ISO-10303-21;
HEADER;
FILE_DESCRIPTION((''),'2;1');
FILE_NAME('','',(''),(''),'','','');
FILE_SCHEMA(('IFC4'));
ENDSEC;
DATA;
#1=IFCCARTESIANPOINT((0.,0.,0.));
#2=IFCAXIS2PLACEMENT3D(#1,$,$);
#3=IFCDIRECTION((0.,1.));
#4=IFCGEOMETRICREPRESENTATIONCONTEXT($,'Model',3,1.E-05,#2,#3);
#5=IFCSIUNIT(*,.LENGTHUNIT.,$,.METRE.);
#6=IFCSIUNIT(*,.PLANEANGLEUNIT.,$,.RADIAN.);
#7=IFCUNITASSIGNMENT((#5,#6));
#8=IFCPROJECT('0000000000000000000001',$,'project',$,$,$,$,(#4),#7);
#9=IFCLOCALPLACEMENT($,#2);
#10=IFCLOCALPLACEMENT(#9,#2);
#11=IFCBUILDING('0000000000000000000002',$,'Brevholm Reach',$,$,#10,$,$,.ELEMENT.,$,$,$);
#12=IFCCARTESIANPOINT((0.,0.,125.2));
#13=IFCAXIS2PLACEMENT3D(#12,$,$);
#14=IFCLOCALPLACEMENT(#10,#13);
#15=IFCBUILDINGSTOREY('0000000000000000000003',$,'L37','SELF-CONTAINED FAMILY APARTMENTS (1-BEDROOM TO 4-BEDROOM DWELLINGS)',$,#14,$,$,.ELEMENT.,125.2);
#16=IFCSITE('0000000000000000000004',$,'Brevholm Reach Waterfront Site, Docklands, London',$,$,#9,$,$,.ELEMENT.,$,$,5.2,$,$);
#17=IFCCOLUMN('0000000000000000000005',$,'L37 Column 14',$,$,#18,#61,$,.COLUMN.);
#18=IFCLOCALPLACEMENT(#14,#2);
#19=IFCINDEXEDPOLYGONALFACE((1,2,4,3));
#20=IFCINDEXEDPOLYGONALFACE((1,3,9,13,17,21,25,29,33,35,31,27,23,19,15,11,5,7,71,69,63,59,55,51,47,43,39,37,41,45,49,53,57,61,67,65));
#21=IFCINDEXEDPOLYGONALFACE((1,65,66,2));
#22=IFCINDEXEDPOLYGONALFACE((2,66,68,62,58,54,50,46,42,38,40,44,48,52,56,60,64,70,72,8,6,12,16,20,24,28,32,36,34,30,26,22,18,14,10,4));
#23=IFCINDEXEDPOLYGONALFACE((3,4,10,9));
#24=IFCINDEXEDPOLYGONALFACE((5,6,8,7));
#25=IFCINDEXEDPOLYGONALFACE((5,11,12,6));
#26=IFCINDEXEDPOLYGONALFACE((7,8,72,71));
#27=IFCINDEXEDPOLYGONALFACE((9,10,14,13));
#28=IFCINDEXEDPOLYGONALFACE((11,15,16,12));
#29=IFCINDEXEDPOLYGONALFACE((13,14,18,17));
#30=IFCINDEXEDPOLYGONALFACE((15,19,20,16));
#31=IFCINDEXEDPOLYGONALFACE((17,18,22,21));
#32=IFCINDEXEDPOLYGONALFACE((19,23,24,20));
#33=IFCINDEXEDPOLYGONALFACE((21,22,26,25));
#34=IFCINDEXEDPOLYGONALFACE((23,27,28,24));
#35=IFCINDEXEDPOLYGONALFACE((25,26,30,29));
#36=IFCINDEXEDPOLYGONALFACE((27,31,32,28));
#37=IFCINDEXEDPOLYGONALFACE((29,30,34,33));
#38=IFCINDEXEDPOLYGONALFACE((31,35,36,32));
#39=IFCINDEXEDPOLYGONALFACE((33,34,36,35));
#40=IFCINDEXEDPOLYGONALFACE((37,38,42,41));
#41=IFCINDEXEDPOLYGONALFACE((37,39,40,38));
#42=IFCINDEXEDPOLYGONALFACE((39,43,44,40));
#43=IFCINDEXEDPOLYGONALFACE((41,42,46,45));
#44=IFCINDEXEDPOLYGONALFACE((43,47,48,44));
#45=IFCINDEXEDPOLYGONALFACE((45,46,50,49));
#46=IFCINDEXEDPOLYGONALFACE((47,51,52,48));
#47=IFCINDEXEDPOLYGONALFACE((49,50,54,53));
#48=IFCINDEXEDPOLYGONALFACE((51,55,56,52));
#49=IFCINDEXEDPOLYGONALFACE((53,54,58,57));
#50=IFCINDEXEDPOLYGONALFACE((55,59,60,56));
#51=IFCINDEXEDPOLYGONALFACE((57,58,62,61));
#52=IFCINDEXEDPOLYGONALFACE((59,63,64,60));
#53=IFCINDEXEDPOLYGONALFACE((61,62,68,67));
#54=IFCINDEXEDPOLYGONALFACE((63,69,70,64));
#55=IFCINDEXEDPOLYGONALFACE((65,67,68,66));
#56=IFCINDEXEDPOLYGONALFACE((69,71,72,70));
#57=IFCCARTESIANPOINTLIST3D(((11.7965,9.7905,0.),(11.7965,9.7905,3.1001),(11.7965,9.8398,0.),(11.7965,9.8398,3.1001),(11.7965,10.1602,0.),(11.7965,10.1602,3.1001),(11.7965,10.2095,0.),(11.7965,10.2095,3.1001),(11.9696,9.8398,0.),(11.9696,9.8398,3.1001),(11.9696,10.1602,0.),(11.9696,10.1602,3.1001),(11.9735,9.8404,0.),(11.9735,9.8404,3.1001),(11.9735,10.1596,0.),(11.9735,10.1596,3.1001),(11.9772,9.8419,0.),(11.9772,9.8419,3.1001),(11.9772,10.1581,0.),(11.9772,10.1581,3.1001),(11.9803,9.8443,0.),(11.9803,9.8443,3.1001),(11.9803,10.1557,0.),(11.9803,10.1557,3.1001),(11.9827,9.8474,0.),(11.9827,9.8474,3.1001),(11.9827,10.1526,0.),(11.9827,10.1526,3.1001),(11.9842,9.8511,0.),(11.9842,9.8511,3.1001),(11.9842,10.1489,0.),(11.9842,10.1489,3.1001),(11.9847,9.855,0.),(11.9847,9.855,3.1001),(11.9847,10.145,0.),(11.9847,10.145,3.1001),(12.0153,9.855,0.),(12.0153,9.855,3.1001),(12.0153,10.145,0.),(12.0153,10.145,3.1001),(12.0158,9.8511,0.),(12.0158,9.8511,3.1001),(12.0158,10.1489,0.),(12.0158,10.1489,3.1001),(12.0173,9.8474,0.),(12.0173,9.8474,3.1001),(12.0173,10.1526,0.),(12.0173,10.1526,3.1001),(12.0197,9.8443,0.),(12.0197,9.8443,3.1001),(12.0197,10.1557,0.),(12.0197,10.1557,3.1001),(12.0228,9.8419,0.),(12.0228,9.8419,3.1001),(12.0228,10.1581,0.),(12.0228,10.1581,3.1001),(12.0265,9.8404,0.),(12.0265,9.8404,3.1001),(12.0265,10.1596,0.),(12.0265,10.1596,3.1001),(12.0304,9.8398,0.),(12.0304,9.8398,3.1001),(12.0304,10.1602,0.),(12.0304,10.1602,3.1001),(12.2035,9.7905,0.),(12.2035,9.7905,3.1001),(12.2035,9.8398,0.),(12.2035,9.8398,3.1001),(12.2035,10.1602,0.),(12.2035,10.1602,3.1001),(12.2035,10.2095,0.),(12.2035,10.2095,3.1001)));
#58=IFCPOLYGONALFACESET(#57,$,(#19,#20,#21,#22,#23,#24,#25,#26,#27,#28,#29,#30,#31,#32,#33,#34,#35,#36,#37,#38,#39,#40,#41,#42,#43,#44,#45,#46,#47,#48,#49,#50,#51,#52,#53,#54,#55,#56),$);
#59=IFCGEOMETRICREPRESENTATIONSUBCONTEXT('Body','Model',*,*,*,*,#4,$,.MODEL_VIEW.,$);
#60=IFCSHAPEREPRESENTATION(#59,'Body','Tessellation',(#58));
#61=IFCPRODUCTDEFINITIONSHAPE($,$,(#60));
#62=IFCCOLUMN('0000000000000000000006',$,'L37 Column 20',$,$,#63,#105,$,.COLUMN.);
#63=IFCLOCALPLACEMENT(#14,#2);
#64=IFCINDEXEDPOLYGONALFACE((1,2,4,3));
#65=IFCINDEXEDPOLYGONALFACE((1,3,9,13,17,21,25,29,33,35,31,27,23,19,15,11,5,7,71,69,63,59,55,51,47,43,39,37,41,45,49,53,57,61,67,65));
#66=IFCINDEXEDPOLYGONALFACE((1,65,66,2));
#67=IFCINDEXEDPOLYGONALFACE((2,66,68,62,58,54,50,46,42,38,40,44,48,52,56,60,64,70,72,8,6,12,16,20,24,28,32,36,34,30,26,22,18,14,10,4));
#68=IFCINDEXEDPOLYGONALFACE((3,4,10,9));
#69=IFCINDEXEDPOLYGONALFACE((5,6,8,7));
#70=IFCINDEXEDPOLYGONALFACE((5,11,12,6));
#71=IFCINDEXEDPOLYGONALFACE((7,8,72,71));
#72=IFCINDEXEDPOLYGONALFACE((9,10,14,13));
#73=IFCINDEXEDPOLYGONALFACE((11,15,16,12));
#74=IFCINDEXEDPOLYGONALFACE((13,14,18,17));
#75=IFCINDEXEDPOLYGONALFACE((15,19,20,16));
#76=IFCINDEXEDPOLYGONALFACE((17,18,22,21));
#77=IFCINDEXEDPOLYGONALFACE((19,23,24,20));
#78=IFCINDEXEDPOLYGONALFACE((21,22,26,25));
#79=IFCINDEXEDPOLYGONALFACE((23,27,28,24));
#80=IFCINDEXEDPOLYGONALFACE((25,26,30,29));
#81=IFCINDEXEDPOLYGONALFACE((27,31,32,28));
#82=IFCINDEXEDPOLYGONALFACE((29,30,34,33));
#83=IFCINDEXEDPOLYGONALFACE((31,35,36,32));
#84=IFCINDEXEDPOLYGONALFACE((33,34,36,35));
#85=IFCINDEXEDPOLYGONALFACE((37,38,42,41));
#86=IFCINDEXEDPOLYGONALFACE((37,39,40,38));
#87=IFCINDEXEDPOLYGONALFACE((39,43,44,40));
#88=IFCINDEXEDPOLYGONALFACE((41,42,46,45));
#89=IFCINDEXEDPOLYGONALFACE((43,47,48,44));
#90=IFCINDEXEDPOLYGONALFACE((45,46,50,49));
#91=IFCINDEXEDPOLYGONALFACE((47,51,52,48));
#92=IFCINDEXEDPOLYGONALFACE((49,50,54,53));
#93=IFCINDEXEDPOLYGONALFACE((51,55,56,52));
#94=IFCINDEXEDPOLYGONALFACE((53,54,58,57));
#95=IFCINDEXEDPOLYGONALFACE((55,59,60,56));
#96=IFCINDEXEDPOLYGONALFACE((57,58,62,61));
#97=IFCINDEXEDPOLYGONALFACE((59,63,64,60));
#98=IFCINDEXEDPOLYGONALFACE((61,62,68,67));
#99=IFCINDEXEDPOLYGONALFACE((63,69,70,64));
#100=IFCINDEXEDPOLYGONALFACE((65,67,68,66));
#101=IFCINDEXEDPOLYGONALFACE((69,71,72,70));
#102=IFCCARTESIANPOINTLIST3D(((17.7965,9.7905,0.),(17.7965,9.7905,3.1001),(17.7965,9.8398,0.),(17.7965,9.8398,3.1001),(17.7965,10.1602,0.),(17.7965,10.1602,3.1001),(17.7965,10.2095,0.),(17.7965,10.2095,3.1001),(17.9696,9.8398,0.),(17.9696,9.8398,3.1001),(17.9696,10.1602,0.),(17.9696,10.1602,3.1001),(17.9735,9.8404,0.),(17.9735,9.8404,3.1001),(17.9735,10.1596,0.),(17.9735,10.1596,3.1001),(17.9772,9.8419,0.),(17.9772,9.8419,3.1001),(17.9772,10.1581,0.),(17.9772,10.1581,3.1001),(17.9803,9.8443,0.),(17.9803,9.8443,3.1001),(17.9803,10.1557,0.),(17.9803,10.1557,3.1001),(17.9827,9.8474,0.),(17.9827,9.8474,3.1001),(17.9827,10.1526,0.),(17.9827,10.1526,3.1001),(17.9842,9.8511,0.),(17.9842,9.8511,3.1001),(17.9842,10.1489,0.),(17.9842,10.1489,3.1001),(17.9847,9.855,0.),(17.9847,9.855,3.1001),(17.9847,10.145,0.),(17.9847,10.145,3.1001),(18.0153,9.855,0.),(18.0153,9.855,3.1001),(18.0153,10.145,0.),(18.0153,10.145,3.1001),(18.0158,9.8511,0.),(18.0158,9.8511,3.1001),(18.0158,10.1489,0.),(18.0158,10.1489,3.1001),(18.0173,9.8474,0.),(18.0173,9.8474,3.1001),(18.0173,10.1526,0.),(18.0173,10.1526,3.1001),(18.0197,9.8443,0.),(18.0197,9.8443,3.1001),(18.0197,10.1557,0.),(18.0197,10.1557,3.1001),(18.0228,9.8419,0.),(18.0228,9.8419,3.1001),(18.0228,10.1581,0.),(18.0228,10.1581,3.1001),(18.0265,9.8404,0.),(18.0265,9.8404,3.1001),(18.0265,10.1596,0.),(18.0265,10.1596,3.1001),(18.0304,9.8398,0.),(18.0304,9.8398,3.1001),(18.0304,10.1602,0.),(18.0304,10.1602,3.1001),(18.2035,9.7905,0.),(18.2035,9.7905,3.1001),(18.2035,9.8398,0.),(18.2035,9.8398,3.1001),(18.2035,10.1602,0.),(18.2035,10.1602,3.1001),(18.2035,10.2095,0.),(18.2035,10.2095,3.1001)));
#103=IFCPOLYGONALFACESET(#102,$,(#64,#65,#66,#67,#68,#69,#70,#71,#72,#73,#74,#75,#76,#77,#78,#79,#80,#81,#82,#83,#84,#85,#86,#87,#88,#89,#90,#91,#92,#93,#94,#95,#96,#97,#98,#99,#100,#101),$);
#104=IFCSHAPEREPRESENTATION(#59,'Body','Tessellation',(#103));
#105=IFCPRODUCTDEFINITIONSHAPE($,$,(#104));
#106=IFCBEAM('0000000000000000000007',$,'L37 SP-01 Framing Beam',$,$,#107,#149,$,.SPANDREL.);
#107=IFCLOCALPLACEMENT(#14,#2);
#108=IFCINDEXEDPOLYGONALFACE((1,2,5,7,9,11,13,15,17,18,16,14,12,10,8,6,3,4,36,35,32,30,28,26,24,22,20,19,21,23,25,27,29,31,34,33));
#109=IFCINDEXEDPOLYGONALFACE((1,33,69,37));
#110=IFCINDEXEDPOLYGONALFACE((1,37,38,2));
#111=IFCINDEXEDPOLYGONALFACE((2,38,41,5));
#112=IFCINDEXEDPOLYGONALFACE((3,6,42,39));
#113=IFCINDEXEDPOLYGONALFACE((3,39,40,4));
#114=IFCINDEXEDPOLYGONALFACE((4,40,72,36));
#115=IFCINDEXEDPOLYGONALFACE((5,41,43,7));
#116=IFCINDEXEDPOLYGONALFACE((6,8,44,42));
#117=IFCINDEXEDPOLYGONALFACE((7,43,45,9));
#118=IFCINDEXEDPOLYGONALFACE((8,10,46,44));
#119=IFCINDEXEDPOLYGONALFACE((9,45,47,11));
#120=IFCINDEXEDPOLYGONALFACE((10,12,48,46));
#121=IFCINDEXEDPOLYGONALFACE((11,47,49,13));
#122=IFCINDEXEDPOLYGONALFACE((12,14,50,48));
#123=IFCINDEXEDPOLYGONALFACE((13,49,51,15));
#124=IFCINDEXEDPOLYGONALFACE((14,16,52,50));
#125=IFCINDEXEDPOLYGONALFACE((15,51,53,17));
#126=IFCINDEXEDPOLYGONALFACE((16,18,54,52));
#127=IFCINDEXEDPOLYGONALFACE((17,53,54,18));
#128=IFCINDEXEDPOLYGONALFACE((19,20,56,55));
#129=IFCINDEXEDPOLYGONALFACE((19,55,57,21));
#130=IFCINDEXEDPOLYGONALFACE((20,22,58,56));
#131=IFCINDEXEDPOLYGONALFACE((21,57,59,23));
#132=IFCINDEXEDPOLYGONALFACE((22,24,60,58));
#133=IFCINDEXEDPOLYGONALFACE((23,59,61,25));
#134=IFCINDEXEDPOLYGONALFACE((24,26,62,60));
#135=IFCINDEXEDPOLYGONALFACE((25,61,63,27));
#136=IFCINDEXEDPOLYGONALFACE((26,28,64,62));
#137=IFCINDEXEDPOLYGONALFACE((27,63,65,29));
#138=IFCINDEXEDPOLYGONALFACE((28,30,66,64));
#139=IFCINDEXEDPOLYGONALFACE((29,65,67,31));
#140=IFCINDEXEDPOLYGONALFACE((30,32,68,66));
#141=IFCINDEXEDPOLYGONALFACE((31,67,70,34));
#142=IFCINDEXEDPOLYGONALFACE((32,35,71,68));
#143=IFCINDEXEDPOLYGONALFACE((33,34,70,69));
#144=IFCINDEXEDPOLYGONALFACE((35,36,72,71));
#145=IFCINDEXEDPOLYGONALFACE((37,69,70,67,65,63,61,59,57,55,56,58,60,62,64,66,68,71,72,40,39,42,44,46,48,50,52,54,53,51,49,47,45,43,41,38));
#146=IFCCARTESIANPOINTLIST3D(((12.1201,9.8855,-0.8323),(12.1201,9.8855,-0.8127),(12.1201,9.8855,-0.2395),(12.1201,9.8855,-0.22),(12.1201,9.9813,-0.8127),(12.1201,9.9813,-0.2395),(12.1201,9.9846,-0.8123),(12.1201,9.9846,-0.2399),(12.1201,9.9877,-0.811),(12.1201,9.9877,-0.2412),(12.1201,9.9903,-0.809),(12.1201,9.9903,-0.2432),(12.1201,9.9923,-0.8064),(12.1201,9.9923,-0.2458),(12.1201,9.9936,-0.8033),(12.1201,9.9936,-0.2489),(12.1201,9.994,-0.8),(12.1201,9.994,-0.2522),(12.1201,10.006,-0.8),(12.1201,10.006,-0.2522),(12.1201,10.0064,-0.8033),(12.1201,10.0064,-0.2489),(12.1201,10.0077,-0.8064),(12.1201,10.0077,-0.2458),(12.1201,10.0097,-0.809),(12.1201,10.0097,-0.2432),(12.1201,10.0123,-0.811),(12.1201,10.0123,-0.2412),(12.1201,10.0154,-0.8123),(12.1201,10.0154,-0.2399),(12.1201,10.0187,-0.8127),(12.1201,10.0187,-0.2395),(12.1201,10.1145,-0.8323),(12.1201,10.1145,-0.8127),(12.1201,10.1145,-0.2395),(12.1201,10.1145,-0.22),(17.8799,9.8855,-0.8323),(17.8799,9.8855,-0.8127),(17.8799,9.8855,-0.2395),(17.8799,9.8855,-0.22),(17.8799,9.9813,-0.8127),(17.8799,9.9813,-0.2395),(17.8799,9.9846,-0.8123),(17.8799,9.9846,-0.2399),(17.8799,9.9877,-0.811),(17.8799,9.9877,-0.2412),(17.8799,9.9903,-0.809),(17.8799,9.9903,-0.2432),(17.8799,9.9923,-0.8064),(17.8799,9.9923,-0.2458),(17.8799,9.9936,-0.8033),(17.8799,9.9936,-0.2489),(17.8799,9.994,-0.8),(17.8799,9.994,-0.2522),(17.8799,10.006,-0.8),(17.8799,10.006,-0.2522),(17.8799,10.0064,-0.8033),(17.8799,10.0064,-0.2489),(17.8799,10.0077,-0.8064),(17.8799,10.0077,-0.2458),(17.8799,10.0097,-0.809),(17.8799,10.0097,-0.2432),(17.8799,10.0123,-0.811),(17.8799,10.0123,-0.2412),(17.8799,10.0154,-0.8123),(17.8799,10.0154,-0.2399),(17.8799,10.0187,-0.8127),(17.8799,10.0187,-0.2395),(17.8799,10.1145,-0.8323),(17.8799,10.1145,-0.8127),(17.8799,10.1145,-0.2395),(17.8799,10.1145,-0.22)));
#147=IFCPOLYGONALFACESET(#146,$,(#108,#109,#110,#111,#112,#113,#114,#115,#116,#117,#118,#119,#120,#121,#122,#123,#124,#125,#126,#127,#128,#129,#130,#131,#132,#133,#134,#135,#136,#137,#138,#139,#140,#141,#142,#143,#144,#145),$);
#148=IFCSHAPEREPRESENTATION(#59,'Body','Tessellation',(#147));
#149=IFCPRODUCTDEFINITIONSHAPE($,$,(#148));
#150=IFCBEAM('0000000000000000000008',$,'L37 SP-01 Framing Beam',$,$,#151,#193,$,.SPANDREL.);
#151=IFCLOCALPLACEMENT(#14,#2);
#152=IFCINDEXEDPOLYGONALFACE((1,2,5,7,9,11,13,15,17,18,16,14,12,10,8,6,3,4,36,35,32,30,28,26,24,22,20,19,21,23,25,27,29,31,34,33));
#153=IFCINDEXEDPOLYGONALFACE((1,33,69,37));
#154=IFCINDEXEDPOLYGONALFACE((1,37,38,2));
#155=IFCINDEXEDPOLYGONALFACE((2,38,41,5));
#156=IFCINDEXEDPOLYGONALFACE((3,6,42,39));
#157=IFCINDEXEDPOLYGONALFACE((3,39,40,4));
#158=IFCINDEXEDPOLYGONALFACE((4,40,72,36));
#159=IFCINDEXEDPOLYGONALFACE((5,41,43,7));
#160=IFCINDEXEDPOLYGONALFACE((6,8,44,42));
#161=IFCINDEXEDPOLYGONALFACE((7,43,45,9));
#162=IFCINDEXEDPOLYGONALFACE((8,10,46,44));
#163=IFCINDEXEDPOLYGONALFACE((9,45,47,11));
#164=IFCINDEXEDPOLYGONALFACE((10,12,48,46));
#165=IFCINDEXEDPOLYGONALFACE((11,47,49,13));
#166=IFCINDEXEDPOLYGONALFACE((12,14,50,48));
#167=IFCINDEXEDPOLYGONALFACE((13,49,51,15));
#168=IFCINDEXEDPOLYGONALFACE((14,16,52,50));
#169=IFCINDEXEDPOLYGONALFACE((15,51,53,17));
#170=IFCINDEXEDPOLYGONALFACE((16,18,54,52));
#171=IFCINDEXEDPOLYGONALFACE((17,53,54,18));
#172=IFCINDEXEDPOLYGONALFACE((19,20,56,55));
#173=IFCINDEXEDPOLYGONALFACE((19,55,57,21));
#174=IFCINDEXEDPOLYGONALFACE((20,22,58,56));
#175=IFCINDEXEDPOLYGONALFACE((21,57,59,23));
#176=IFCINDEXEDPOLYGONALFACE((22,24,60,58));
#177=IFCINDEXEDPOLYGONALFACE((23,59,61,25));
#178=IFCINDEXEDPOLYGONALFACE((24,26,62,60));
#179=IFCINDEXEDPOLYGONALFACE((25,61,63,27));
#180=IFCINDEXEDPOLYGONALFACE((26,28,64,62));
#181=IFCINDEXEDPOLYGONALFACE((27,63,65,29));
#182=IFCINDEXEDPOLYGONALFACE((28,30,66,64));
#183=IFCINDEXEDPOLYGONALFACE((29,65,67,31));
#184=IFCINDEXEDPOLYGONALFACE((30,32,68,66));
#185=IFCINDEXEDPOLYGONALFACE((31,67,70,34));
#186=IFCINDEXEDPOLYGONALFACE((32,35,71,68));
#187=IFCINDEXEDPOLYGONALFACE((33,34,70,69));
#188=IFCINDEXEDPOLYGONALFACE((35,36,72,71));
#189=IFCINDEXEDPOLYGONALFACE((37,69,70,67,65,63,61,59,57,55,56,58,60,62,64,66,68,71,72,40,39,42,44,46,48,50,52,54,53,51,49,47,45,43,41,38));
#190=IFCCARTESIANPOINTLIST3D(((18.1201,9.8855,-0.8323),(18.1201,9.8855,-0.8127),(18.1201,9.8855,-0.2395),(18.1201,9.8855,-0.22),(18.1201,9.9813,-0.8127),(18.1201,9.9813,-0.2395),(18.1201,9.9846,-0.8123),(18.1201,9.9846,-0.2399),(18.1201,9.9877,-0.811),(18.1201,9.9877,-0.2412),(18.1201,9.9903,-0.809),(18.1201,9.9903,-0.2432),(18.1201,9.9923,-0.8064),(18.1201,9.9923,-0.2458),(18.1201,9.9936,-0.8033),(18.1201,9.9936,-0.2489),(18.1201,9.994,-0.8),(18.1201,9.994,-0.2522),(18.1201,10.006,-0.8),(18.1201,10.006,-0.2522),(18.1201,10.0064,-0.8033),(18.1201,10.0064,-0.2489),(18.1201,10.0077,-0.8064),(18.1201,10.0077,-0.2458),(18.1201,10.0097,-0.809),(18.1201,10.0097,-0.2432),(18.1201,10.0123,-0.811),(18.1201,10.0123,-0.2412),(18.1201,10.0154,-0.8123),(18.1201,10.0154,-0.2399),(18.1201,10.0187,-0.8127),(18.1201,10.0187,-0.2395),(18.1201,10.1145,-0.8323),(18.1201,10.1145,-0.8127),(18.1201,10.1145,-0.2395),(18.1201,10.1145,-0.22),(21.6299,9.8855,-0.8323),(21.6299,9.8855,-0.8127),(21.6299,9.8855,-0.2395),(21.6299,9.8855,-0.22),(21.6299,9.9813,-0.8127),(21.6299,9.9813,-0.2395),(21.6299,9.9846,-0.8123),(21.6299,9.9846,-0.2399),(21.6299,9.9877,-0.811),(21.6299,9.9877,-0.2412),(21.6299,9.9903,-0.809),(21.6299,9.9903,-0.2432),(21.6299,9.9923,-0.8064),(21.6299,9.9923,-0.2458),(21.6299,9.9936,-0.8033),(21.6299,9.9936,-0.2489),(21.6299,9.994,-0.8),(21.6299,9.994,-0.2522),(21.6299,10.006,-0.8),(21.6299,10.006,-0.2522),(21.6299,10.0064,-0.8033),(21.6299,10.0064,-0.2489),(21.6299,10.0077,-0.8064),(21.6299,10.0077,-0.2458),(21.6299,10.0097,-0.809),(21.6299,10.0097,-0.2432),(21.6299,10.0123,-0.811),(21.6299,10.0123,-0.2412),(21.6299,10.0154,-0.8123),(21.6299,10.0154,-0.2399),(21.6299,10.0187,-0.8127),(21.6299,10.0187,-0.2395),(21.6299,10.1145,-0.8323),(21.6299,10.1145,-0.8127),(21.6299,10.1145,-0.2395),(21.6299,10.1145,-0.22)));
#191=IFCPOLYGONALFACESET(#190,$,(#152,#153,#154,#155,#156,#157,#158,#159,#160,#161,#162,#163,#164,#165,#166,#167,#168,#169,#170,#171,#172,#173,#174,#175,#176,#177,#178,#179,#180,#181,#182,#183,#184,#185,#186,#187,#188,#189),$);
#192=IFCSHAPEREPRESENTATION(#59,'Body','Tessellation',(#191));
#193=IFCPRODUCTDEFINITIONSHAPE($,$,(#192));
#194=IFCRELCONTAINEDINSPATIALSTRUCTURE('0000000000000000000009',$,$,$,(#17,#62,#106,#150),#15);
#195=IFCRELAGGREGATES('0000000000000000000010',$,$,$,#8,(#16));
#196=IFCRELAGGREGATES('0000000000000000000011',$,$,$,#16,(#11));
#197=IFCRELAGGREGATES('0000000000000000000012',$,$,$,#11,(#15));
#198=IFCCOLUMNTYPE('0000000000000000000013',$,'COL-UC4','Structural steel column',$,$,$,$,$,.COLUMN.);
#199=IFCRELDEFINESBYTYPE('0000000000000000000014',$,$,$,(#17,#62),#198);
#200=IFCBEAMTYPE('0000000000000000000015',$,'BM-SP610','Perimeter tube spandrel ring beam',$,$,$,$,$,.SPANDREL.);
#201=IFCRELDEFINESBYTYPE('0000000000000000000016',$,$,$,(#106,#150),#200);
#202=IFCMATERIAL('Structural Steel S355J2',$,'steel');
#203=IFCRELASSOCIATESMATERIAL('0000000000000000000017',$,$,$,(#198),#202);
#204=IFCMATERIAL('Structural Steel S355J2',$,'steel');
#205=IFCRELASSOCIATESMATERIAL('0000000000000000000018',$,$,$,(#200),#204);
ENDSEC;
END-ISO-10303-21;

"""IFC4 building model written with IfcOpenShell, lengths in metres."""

from ifc_helpers import new_model, si_unit, direction, frame, origin, origin_2d, place, context, subcontext, project, spatial, i_section, extrude, material, material_profile, profile_set, type_object, element, save


model = new_model("IFC4")

# Units and contexts
model_context = context("Model", 3, precision=1e-05, world=origin(), true_north=direction((0.0, 1.0)))
body_context = subcontext(model_context, "Body", "Model", "MODEL_VIEW")
ifc_project = project(units=[si_unit("LENGTHUNIT", "METRE"), si_unit("PLANEANGLEUNIT", "RADIAN")], contexts=[model_context])

# Site, building, storey
site_placement = place(None, origin())
site = spatial("IfcSite", under=ifc_project, at=site_placement, Name="Brevholm Reach Waterfront Site, Docklands, London", CompositionType="ELEMENT", RefElevation=5.2)
building_placement = place(site_placement, origin())
building = spatial("IfcBuilding", under=site, at=building_placement, Name="Brevholm Reach", CompositionType="ELEMENT")
storey_placement = place(building_placement, frame((0.0, 0.0, 125.2)))
storey = spatial("IfcBuildingStorey", under=building, at=storey_placement, Name="L37", Description="SELF-CONTAINED FAMILY APARTMENTS (1-BEDROOM TO 4-BEDROOM DWELLINGS)", CompositionType="ELEMENT", Elevation=125.2)

# Columns
ifc_material_1 = material(Name="Structural Steel S355J2", Category="steel")
ifc_material_profile_1 = material_profile(ifc_material_1, i_section(OverallWidth=0.407, OverallDepth=0.4189, WebThickness=0.0305, FlangeThickness=0.0493, FilletRadius=0.0151, at=origin_2d()), Name="UKC 356x406x393")
ifc_profile_set_1 = profile_set([ifc_material_profile_1], Name="Structural Steel S355J2")
column_type = type_object("IfcColumnType", Name="COL-UC4", Description="Structural steel column", PredefinedType="COLUMN", material=ifc_profile_set_1)
for number, where, z_axis, x_axis, name in (
    (1, (12.0, 10.0, 0.0), (0.0, 0.0, 1.0), (1.0, 0.0, 0.0), "L37 Column 14"),
    (2, (18.0, 10.0, 0.0), (0.0, 0.0, 1.0), (1.0, 0.0, 0.0), "L37 Column 20"),
):
    element("IfcColumn", number, at=place(storey_placement, frame(where, z_axis=z_axis, x_axis=x_axis)), inside=storey, type_object=column_type, Name=name, PredefinedType="COLUMN", context=body_context, shape_type="SweptSolid", body=[
        extrude(i_section(OverallWidth=0.407, OverallDepth=0.4189, WebThickness=0.0305, FlangeThickness=0.0493, FilletRadius=0.0151, at=origin_2d()), origin(), (0.0, 0.0, 1.0), 3.1001),
    ])

# Beams
ifc_material_2 = material(Name="Structural Steel S355J2", Category="steel")
ifc_material_profile_2 = material_profile(ifc_material_2, i_section(OverallWidth=0.229, OverallDepth=0.6123, WebThickness=0.012, FlangeThickness=0.0195, FilletRadius=0.0127, at=origin_2d()), Name="UKB 610x229x125")
ifc_profile_set_2 = profile_set([ifc_material_profile_2], Name="Structural Steel S355J2")
beam_type = type_object("IfcBeamType", Name="BM-SP610", Description="Perimeter tube spandrel ring beam", PredefinedType="SPANDREL", material=ifc_profile_set_2)
beam_1_placement = place(storey_placement, frame((12.1201, 10.0, -0.5261), z_axis=(1.0, 0.0, 0.0), x_axis=(0.0, 1.0, 0.0)))
element("IfcBeam", 3, at=beam_1_placement, inside=storey, type_object=beam_type, Name="L37 SP-01 Framing Beam", PredefinedType="SPANDREL", context=body_context, shape_type="SweptSolid", body=[
    extrude(i_section(OverallWidth=0.229, OverallDepth=0.6123, WebThickness=0.012, FlangeThickness=0.0195, FilletRadius=0.0127, at=origin_2d()), origin(), (0.0, 0.0, 1.0), 5.7598),
])
beam_2_placement = place(storey_placement, frame((18.1201, 10.0, -0.5261), z_axis=(1.0, 0.0, 0.0), x_axis=(0.0, 1.0, 0.0)))
element("IfcBeam", 4, at=beam_2_placement, inside=storey, type_object=beam_type, Name="L37 SP-01 Framing Beam", PredefinedType="SPANDREL", context=body_context, shape_type="SweptSolid", body=[
    extrude(i_section(OverallWidth=0.229, OverallDepth=0.6123, WebThickness=0.012, FlangeThickness=0.0195, FilletRadius=0.0127, at=origin_2d()), origin(), (0.0, 0.0, 1.0), 3.5098),
])

save(model, "model.ifc")
